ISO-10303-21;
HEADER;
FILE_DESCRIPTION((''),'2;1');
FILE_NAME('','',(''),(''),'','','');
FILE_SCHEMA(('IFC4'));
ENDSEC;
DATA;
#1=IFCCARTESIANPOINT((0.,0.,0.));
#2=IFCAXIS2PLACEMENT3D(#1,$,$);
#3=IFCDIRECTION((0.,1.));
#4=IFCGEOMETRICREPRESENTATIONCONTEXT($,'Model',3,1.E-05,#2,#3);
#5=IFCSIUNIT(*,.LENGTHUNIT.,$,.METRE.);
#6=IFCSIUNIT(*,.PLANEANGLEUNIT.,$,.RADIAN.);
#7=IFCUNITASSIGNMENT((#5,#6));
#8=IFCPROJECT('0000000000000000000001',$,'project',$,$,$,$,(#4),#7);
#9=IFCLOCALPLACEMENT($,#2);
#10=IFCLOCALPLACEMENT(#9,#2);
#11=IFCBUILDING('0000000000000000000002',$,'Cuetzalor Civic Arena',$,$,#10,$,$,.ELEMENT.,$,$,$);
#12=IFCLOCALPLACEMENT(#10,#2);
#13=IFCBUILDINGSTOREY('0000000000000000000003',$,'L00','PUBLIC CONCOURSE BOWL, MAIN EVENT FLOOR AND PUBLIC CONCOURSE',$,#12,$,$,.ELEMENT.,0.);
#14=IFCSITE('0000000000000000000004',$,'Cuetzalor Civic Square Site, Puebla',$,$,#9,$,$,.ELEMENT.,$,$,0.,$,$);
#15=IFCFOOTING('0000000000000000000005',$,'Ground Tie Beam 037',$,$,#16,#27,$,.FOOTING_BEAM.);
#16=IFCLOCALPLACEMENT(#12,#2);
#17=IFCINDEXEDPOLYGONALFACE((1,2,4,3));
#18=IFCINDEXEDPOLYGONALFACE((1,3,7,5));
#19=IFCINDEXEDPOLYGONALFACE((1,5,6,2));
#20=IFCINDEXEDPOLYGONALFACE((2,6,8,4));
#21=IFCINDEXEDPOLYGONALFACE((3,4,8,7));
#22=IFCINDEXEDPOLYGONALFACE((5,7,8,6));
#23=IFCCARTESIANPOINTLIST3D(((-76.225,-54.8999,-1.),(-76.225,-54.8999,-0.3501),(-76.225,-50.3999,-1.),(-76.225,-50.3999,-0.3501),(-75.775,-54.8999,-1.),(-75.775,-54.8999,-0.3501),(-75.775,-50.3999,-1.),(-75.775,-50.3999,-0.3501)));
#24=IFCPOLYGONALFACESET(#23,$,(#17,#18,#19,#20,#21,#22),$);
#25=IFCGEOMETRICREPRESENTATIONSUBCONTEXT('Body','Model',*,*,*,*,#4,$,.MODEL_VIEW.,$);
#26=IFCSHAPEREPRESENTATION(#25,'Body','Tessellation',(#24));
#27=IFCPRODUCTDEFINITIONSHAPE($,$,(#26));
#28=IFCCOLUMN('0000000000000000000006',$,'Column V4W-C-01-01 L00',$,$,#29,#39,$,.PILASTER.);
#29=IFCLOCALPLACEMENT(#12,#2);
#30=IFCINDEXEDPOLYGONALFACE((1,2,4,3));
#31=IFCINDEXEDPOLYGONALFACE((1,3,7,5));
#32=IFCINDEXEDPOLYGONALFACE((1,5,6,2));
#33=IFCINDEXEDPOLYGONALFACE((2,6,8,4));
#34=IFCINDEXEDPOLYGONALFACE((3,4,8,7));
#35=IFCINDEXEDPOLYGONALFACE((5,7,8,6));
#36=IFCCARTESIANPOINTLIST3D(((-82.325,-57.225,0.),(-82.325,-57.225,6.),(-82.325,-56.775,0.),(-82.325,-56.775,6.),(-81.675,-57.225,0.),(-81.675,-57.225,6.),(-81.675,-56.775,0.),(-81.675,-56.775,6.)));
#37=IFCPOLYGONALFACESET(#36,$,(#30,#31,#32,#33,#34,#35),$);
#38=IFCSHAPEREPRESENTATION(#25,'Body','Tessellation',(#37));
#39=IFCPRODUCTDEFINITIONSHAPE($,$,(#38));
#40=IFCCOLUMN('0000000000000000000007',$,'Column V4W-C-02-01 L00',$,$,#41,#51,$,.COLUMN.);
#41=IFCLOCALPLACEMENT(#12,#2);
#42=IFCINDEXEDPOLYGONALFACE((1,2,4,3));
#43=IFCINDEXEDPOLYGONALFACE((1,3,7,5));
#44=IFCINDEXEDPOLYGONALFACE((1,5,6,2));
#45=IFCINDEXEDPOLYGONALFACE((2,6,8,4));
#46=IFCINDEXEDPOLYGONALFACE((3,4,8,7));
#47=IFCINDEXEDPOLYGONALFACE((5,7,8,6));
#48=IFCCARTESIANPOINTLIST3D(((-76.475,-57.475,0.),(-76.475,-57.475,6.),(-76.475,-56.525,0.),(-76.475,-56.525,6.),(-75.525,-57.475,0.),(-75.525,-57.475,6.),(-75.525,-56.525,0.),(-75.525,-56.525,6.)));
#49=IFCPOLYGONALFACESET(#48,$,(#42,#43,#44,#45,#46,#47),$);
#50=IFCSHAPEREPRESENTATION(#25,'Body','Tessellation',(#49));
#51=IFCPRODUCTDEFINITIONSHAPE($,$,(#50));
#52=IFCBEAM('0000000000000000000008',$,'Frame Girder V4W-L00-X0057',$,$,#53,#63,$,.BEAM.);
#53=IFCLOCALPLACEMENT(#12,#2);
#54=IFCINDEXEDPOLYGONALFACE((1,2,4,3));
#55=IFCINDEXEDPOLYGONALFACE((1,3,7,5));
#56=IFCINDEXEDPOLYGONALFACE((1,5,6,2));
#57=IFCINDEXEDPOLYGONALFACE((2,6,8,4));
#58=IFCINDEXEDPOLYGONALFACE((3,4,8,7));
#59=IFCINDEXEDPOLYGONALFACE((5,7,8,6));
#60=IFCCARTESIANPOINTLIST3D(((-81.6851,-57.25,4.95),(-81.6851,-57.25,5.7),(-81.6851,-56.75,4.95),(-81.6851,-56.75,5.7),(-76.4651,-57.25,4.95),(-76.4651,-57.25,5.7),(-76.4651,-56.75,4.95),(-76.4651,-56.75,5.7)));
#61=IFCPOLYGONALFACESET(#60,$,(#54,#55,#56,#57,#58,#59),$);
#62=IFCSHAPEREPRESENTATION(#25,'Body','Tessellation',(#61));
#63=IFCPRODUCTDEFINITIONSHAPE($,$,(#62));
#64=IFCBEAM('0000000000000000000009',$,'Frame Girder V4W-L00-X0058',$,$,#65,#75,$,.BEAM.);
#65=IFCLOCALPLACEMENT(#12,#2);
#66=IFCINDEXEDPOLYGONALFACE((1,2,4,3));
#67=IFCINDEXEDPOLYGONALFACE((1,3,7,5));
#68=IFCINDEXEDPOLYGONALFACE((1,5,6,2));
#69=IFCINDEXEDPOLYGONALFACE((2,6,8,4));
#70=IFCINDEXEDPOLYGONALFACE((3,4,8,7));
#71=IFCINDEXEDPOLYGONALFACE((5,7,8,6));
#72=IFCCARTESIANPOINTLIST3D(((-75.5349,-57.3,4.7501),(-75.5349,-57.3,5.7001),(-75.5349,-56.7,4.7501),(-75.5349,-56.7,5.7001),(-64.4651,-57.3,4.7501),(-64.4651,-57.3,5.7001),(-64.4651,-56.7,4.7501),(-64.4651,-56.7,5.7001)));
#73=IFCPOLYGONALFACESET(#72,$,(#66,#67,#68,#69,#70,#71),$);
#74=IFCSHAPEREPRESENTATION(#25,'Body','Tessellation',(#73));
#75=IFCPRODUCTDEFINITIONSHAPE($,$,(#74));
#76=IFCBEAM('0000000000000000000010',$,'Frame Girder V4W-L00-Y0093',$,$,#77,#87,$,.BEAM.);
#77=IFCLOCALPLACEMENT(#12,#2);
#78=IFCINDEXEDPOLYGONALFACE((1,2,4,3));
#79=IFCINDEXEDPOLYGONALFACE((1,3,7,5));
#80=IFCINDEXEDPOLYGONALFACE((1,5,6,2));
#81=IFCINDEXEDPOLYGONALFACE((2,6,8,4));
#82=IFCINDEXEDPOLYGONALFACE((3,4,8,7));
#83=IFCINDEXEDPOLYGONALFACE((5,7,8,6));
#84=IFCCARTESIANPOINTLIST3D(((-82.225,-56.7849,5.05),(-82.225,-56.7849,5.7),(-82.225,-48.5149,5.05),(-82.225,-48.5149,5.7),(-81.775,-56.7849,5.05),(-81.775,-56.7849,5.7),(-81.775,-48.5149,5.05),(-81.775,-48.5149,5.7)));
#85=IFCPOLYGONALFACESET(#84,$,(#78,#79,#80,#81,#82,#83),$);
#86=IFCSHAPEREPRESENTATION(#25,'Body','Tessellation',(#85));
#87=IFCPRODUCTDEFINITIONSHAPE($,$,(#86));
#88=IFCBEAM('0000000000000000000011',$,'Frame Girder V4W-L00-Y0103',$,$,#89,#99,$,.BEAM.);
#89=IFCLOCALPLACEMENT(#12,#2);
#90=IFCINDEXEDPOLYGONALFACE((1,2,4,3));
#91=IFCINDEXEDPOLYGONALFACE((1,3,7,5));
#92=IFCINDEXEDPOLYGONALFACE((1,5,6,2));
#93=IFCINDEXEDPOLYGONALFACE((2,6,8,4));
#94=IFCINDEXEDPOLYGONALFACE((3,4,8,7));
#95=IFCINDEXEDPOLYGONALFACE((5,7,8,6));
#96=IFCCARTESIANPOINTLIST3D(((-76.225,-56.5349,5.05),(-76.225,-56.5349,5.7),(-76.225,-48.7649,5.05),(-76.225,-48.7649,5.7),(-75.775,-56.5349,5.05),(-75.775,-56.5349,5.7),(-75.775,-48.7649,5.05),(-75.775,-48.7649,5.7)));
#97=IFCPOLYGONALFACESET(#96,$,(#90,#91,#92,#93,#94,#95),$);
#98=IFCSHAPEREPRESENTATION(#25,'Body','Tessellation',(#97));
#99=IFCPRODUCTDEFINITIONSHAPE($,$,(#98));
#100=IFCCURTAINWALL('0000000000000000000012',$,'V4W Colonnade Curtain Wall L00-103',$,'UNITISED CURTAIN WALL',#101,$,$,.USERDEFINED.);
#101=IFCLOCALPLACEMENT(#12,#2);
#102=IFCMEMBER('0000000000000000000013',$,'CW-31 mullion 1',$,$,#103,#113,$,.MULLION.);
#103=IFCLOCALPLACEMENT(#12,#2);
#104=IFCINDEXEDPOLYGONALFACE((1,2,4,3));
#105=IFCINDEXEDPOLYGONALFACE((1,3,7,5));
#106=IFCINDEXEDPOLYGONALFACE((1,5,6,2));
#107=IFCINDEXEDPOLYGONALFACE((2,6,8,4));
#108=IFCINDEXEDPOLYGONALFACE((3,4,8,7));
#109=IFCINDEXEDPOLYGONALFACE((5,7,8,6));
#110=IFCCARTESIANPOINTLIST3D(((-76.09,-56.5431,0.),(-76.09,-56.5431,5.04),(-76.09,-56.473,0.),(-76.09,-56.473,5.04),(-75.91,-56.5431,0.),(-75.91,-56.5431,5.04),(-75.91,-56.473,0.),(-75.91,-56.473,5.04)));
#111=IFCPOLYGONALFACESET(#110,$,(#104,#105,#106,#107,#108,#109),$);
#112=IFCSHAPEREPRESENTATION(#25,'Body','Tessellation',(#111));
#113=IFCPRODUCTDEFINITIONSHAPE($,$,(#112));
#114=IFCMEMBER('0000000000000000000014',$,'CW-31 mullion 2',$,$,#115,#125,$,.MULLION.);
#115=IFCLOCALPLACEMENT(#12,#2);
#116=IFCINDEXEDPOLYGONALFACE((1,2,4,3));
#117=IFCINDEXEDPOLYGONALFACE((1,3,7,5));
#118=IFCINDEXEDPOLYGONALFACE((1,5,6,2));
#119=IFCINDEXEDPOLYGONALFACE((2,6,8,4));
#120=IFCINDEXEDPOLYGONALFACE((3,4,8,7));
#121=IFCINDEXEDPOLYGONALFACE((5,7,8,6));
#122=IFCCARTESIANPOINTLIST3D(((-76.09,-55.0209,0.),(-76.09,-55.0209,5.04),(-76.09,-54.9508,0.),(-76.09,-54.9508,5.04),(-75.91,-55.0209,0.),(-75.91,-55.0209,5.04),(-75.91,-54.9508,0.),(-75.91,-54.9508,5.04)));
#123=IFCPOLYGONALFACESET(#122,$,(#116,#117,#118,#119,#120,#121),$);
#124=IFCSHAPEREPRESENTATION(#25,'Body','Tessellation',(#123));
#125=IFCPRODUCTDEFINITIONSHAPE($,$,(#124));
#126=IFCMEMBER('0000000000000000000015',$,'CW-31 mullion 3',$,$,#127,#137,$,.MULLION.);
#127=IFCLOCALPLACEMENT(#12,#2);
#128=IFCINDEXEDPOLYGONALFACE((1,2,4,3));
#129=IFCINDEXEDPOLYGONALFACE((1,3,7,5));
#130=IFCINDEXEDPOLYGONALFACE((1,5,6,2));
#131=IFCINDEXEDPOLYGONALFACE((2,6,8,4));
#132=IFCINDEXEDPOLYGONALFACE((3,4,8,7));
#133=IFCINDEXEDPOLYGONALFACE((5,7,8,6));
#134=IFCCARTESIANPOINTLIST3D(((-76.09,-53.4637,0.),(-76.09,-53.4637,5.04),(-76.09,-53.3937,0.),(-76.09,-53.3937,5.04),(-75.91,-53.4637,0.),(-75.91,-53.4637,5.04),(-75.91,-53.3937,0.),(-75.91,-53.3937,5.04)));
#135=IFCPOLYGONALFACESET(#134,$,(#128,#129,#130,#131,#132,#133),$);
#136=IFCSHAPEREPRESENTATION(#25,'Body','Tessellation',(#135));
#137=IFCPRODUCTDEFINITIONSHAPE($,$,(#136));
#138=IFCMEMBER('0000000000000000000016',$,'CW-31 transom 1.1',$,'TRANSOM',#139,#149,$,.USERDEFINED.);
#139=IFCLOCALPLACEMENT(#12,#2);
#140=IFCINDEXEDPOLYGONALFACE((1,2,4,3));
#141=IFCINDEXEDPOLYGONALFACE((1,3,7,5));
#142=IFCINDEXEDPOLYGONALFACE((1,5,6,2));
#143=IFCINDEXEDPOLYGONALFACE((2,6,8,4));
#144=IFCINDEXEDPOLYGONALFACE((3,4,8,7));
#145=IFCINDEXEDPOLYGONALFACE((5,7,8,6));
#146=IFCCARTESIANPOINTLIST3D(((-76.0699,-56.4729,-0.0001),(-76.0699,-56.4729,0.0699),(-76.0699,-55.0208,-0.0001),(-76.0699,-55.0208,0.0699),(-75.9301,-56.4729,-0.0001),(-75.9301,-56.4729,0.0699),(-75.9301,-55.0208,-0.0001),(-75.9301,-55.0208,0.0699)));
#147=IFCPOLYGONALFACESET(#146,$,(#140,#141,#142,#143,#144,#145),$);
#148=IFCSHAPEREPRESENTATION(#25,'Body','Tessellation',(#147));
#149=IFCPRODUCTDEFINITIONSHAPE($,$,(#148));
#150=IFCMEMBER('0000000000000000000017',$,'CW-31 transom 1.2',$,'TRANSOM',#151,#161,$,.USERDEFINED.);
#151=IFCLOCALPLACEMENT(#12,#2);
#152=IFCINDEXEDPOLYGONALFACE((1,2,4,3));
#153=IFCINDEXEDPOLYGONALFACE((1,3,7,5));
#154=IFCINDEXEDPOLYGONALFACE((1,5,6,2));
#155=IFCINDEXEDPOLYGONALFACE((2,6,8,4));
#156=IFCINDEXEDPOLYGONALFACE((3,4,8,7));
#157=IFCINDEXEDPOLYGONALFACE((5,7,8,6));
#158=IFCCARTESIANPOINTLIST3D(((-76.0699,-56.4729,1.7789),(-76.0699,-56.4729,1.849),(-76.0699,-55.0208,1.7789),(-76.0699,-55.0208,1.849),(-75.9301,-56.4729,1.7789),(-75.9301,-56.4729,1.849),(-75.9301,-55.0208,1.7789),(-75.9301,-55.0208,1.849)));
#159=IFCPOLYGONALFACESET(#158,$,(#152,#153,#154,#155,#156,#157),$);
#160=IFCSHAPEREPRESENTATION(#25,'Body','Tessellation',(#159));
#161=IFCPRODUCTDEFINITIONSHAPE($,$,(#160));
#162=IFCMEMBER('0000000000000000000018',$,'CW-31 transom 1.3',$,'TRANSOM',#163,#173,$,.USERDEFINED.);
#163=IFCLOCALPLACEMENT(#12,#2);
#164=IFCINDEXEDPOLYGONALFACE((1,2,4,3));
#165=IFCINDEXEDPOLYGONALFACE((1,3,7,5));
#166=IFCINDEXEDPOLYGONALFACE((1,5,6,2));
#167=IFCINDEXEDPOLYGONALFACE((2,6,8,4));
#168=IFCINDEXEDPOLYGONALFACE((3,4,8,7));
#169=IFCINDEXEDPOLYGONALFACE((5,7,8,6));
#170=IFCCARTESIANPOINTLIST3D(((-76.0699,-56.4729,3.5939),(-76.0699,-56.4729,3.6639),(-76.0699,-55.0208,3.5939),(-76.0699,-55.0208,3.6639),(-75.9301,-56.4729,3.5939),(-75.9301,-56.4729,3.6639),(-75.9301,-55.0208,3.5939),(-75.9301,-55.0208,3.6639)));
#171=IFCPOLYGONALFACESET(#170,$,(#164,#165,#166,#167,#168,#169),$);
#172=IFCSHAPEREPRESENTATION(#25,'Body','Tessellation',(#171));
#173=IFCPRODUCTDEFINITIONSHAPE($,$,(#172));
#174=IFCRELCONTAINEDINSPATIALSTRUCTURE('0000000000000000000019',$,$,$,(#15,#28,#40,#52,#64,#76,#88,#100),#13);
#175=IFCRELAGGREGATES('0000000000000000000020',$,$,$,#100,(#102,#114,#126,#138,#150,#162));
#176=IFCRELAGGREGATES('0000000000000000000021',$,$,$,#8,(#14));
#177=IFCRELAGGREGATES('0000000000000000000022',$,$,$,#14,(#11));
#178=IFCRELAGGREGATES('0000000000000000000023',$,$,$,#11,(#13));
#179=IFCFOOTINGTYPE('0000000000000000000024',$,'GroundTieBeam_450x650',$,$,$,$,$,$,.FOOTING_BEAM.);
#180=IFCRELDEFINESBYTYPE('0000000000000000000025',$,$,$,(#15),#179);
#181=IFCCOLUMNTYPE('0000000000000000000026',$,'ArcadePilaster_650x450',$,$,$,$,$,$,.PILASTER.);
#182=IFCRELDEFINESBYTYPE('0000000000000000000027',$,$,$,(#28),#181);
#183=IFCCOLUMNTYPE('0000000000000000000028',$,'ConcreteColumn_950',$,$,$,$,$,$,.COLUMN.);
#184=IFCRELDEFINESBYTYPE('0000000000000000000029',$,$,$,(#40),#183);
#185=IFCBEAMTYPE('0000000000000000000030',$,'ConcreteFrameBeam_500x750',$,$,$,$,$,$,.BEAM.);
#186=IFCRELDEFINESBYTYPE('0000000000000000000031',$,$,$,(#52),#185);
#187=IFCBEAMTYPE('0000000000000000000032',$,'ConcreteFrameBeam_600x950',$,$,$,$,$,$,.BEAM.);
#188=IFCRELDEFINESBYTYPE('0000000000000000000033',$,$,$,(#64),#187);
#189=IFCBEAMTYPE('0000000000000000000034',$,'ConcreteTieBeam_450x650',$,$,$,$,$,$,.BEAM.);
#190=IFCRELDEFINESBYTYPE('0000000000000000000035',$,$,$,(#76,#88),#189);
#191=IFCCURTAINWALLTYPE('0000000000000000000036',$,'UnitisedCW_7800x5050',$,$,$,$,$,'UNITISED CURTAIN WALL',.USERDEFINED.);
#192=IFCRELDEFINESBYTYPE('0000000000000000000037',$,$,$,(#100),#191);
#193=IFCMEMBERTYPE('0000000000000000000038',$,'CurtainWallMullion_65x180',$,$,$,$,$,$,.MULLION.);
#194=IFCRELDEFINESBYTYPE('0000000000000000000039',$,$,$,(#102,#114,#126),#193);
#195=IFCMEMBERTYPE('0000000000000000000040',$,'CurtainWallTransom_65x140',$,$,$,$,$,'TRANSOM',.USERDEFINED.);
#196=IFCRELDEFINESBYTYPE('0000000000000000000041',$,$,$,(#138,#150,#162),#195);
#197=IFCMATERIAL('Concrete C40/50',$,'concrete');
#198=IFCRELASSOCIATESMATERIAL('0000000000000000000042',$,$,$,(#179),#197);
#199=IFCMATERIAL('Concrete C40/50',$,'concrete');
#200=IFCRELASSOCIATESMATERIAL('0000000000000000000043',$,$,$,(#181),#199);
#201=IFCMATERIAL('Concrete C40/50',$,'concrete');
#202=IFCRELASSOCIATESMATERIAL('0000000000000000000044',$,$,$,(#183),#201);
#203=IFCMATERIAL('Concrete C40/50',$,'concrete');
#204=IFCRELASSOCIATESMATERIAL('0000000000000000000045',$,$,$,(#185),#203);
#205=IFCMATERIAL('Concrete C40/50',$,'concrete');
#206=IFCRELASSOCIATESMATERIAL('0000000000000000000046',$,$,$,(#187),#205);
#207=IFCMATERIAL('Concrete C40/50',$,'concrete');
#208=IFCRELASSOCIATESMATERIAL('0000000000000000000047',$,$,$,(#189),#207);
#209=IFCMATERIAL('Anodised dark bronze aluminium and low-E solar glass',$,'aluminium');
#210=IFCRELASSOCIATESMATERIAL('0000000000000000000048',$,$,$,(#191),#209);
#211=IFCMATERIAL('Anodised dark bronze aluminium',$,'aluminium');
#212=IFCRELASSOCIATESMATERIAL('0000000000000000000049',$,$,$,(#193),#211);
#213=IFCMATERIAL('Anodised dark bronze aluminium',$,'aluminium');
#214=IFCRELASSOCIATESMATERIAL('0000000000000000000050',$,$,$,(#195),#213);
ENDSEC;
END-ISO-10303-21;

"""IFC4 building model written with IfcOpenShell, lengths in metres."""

from ifc_helpers import new_model, si_unit, direction, frame, origin, origin_2d, place, context, subcontext, project, spatial, rectangle, extrude, material, material_profile, profile_set, type_object, element, aggregate, save


model = new_model("IFC4")

# Units and contexts
model_context = context("Model", 3, precision=1e-05, world=origin(), true_north=direction((0.0, 1.0)))
body_context = subcontext(model_context, "Body", "Model", "MODEL_VIEW")
ifc_project = project(units=[si_unit("LENGTHUNIT", "METRE"), si_unit("PLANEANGLEUNIT", "RADIAN")], contexts=[model_context])

# Site, building, storey
site_placement = place(None, origin())
site = spatial("IfcSite", under=ifc_project, at=site_placement, Name="Cuetzalor Civic Square Site, Puebla", CompositionType="ELEMENT", RefElevation=0.0)
building_placement = place(site_placement, origin())
building = spatial("IfcBuilding", under=site, at=building_placement, Name="Cuetzalor Civic Arena", CompositionType="ELEMENT")
storey_placement = place(building_placement, origin())
storey = spatial("IfcBuildingStorey", under=building, at=storey_placement, Name="L00", Description="PUBLIC CONCOURSE BOWL, MAIN EVENT FLOOR AND PUBLIC CONCOURSE", CompositionType="ELEMENT", Elevation=0.0)

# Footing
ifc_material_1 = material(Name="Concrete C40/50", Category="concrete")
ifc_material_profile_1 = material_profile(ifc_material_1, rectangle(XDim=0.45, YDim=0.6499, at=origin_2d()), Name="RC 450x650")
ifc_profile_set_1 = profile_set([ifc_material_profile_1], Name="Concrete C40/50")
footing_type_1 = type_object("IfcFootingType", Name="GroundTieBeam_450x650", PredefinedType="FOOTING_BEAM", material=ifc_profile_set_1)
footing_1_placement = place(storey_placement, frame((-76.0, -54.8999, -0.675), z_axis=(0.0, 1.0, 0.0), x_axis=(-1.0, 0.0, 0.0)))
element("IfcFooting", 1, at=footing_1_placement, inside=storey, type_object=footing_type_1, Name="Ground Tie Beam 037", PredefinedType="FOOTING_BEAM", context=body_context, shape_type="SweptSolid", body=[
    extrude(rectangle(XDim=0.45, YDim=0.6499, at=origin_2d()), origin(), (0.0, 0.0, 1.0), 4.5),
])

# Columns
ifc_material_2 = material(Name="Concrete C40/50", Category="concrete")
ifc_material_profile_2 = material_profile(ifc_material_2, rectangle(XDim=0.6499, YDim=0.45, at=origin_2d()), Name="RC 650x450")
ifc_profile_set_2 = profile_set([ifc_material_profile_2], Name="Concrete C40/50")
column_type_1 = type_object("IfcColumnType", Name="ArcadePilaster_650x450", PredefinedType="PILASTER", material=ifc_profile_set_2)
column_1_placement = place(storey_placement, frame((-82.0, -57.0, 0.0), z_axis=(0.0, 0.0, 1.0), x_axis=(1.0, 0.0, 0.0)))
element("IfcColumn", 2, at=column_1_placement, inside=storey, type_object=column_type_1, Name="Column V4W-C-01-01 L00", PredefinedType="PILASTER", context=body_context, shape_type="SweptSolid", body=[
    extrude(rectangle(XDim=0.6499, YDim=0.45, at=origin_2d()), origin(), (0.0, 0.0, 1.0), 6.0),
])
ifc_material_3 = material(Name="Concrete C40/50", Category="concrete")
ifc_material_profile_3 = material_profile(ifc_material_3, rectangle(XDim=0.95, YDim=0.95, at=origin_2d()), Name="RC 950x950")
ifc_profile_set_3 = profile_set([ifc_material_profile_3], Name="Concrete C40/50")
column_type_2 = type_object("IfcColumnType", Name="ConcreteColumn_950", PredefinedType="COLUMN", material=ifc_profile_set_3)
column_2_placement = place(storey_placement, frame((-76.0, -57.0, 0.0), z_axis=(0.0, 0.0, 1.0), x_axis=(1.0, 0.0, 0.0)))
element("IfcColumn", 3, at=column_2_placement, inside=storey, type_object=column_type_2, Name="Column V4W-C-02-01 L00", PredefinedType="COLUMN", context=body_context, shape_type="SweptSolid", body=[
    extrude(rectangle(XDim=0.95, YDim=0.95, at=origin_2d()), origin(), (0.0, 0.0, 1.0), 6.0),
])

# Beams
ifc_material_4 = material(Name="Concrete C40/50", Category="concrete")
ifc_material_profile_4 = material_profile(ifc_material_4, rectangle(XDim=0.5, YDim=0.75, at=origin_2d()), Name="RC 500x750")
ifc_profile_set_4 = profile_set([ifc_material_profile_4], Name="Concrete C40/50")
beam_type_1 = type_object("IfcBeamType", Name="ConcreteFrameBeam_500x750", PredefinedType="BEAM", material=ifc_profile_set_4)
beam_1_placement = place(storey_placement, frame((-81.6851, -57.0, 5.325), z_axis=(1.0, 0.0, 0.0), x_axis=(0.0, 1.0, 0.0)))
element("IfcBeam", 4, at=beam_1_placement, inside=storey, type_object=beam_type_1, Name="Frame Girder V4W-L00-X0057", PredefinedType="BEAM", context=body_context, shape_type="SweptSolid", body=[
    extrude(rectangle(XDim=0.5, YDim=0.75, at=origin_2d()), origin(), (0.0, 0.0, 1.0), 5.22),
])
ifc_material_5 = material(Name="Concrete C40/50", Category="concrete")
ifc_material_profile_5 = material_profile(ifc_material_5, rectangle(XDim=0.6001, YDim=0.95, at=origin_2d()), Name="RC 600x950")
ifc_profile_set_5 = profile_set([ifc_material_profile_5], Name="Concrete C40/50")
beam_type_2 = type_object("IfcBeamType", Name="ConcreteFrameBeam_600x950", PredefinedType="BEAM", material=ifc_profile_set_5)
beam_2_placement = place(storey_placement, frame((-75.5349, -57.0, 5.2251), z_axis=(1.0, 0.0, 0.0), x_axis=(0.0, 1.0, 0.0)))
element("IfcBeam", 5, at=beam_2_placement, inside=storey, type_object=beam_type_2, Name="Frame Girder V4W-L00-X0058", PredefinedType="BEAM", context=body_context, shape_type="SweptSolid", body=[
    extrude(rectangle(XDim=0.6001, YDim=0.95, at=origin_2d()), origin(), (0.0, 0.0, 1.0), 11.0698),
])
ifc_material_6 = material(Name="Concrete C40/50", Category="concrete")
ifc_material_profile_6 = material_profile(ifc_material_6, rectangle(XDim=0.45, YDim=0.6499, at=origin_2d()), Name="RC 450x650")
ifc_profile_set_6 = profile_set([ifc_material_profile_6], Name="Concrete C40/50")
beam_type_3 = type_object("IfcBeamType", Name="ConcreteTieBeam_450x650", PredefinedType="BEAM", material=ifc_profile_set_6)
beam_3_placement = place(storey_placement, frame((-82.0, -56.7849, 5.375), z_axis=(0.0, 1.0, 0.0), x_axis=(-1.0, 0.0, 0.0)))
element("IfcBeam", 6, at=beam_3_placement, inside=storey, type_object=beam_type_3, Name="Frame Girder V4W-L00-Y0093", PredefinedType="BEAM", context=body_context, shape_type="SweptSolid", body=[
    extrude(rectangle(XDim=0.45, YDim=0.6499, at=origin_2d()), origin(), (0.0, 0.0, 1.0), 8.27),
])
beam_4_placement = place(storey_placement, frame((-76.0, -56.5349, 5.375), z_axis=(0.0, 1.0, 0.0), x_axis=(-1.0, 0.0, 0.0)))
element("IfcBeam", 7, at=beam_4_placement, inside=storey, type_object=beam_type_3, Name="Frame Girder V4W-L00-Y0103", PredefinedType="BEAM", context=body_context, shape_type="SweptSolid", body=[
    extrude(rectangle(XDim=0.45, YDim=0.6499, at=origin_2d()), origin(), (0.0, 0.0, 1.0), 7.77),
])

# Curtain wall, members
ifc_material_7 = material(Name="Anodised dark bronze aluminium and low-E solar glass", Category="aluminium")
curtain_wall_type = type_object("IfcCurtainWallType", Name="UnitisedCW_7800x5050", ElementType="UNITISED CURTAIN WALL", PredefinedType="USERDEFINED", material=ifc_material_7)
curtain_wall_placement = place(storey_placement, origin())
curtain_wall = element("IfcCurtainWall", 8, at=curtain_wall_placement, inside=storey, type_object=curtain_wall_type, Name="V4W Colonnade Curtain Wall L00-103", ObjectType="UNITISED CURTAIN WALL", PredefinedType="USERDEFINED")
ifc_material_8 = material(Name="Anodised dark bronze aluminium", Category="aluminium")
ifc_material_profile_7 = material_profile(ifc_material_8, rectangle(XDim=0.0701, YDim=0.1799, at=origin_2d()), Name="ALU MULLION 70x180")
ifc_profile_set_7 = profile_set([ifc_material_profile_7], Name="Anodised dark bronze aluminium")
member_type_1 = type_object("IfcMemberType", Name="CurtainWallMullion_65x180", PredefinedType="MULLION", material=ifc_profile_set_7)
member_1_placement = place(storey_placement, frame((-76.0, -56.5081, 0.0), z_axis=(0.0, 0.0, 1.0), x_axis=(0.0, 1.0, 0.0)))
member_1 = element("IfcMember", 9, at=member_1_placement, type_object=member_type_1, Name="CW-31 mullion 1", PredefinedType="MULLION", context=body_context, shape_type="SweptSolid", body=[
    extrude(rectangle(XDim=0.0701, YDim=0.1799, at=origin_2d()), origin(), (0.0, 0.0, 1.0), 5.04),
])
member_2_placement = place(storey_placement, frame((-76.0, -54.9858, 0.0), z_axis=(0.0, 0.0, 1.0), x_axis=(0.0, 1.0, 0.0)))
member_2 = element("IfcMember", 10, at=member_2_placement, type_object=member_type_1, Name="CW-31 mullion 2", PredefinedType="MULLION", context=body_context, shape_type="SweptSolid", body=[
    extrude(rectangle(XDim=0.0701, YDim=0.1799, at=origin_2d()), origin(), (0.0, 0.0, 1.0), 5.04),
])
member_3_placement = place(storey_placement, frame((-76.0, -53.4287, 0.0), z_axis=(0.0, 0.0, 1.0), x_axis=(0.0, 1.0, 0.0)))
member_3 = element("IfcMember", 11, at=member_3_placement, type_object=member_type_1, Name="CW-31 mullion 3", PredefinedType="MULLION", context=body_context, shape_type="SweptSolid", body=[
    extrude(rectangle(XDim=0.0701, YDim=0.1799, at=origin_2d()), origin(), (0.0, 0.0, 1.0), 5.04),
])
ifc_material_9 = material(Name="Anodised dark bronze aluminium", Category="aluminium")
ifc_material_profile_8 = material_profile(ifc_material_9, rectangle(XDim=0.1399, YDim=0.0701, at=origin_2d()), Name="ALU TRANSOM 70x140")
ifc_profile_set_8 = profile_set([ifc_material_profile_8], Name="Anodised dark bronze aluminium")
member_type_2 = type_object("IfcMemberType", Name="CurtainWallTransom_65x140", ElementType="TRANSOM", PredefinedType="USERDEFINED", material=ifc_profile_set_8)
member_4_placement = place(storey_placement, frame((-76.0, -56.4729, 0.0349), z_axis=(0.0, 1.0, 0.0), x_axis=(-1.0, 0.0, 0.0)))
member_4 = element("IfcMember", 12, at=member_4_placement, type_object=member_type_2, Name="CW-31 transom 1.1", ObjectType="TRANSOM", PredefinedType="USERDEFINED", context=body_context, shape_type="SweptSolid", body=[
    extrude(rectangle(XDim=0.1399, YDim=0.0701, at=origin_2d()), origin(), (0.0, 0.0, 1.0), 1.4521),
])
member_5_placement = place(storey_placement, frame((-76.0, -56.4729, 1.814), z_axis=(0.0, 1.0, 0.0), x_axis=(-1.0, 0.0, 0.0)))
member_5 = element("IfcMember", 13, at=member_5_placement, type_object=member_type_2, Name="CW-31 transom 1.2", ObjectType="TRANSOM", PredefinedType="USERDEFINED", context=body_context, shape_type="SweptSolid", body=[
    extrude(rectangle(XDim=0.1399, YDim=0.0701, at=origin_2d()), origin(), (0.0, 0.0, 1.0), 1.4521),
])
member_6_placement = place(storey_placement, frame((-76.0, -56.4729, 3.6289), z_axis=(0.0, 1.0, 0.0), x_axis=(-1.0, 0.0, 0.0)))
member_6 = element("IfcMember", 14, at=member_6_placement, type_object=member_type_2, Name="CW-31 transom 1.3", ObjectType="TRANSOM", PredefinedType="USERDEFINED", context=body_context, shape_type="SweptSolid", body=[
    extrude(rectangle(XDim=0.1399, YDim=0.0701, at=origin_2d()), origin(), (0.0, 0.0, 1.0), 1.4521),
])
aggregate(curtain_wall, [member_1, member_2, member_3, member_4, member_5, member_6])

save(model, "model.ifc")
